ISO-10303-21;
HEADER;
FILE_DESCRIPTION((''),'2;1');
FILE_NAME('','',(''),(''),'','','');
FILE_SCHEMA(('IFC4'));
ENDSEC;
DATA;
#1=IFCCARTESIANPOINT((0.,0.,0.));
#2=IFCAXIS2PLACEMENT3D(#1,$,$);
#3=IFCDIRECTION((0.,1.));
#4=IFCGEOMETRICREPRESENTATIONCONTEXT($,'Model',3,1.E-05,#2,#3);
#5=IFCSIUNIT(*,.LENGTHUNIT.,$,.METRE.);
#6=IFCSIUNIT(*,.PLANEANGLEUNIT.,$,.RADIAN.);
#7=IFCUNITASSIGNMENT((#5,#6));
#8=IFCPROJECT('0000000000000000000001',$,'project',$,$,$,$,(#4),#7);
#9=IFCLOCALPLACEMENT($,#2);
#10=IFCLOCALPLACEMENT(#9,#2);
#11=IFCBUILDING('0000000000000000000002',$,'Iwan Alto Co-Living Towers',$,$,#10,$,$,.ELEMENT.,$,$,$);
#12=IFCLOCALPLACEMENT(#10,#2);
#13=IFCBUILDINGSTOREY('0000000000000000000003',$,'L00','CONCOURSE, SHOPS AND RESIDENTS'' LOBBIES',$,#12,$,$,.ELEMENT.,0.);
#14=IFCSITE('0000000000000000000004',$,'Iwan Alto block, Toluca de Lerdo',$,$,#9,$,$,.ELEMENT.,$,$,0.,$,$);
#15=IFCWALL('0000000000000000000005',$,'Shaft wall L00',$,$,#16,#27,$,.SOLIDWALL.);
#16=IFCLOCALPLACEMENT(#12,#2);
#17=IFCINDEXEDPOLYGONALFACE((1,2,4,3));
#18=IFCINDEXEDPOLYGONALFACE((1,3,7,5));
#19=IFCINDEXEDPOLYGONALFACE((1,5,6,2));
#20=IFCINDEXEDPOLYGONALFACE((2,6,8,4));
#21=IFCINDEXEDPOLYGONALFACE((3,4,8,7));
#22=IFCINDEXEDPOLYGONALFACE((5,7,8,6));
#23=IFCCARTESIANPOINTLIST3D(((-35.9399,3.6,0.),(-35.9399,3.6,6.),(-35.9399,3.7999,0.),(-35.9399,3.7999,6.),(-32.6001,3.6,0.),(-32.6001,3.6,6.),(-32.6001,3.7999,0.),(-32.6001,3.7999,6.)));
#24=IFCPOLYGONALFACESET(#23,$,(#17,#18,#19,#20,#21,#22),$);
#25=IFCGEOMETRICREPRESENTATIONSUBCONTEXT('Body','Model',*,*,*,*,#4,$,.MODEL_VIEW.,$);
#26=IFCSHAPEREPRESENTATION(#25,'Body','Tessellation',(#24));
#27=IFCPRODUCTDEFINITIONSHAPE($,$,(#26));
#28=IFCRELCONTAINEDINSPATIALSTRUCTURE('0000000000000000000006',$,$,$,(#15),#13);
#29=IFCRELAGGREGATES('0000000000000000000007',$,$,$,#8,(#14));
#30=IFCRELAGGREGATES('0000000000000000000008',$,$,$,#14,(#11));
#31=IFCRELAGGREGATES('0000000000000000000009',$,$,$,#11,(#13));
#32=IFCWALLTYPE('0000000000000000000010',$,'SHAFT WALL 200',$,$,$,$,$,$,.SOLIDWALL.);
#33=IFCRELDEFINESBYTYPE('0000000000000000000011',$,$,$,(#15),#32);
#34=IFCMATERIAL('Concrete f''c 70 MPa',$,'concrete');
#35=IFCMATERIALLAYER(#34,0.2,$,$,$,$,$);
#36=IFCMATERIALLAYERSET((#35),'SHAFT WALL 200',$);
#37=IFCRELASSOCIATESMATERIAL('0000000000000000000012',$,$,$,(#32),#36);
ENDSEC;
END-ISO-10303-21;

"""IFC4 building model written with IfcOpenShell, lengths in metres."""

from ifc_helpers import new_model, si_unit, direction, frame, frame_2d, origin, place, context, subcontext, project, spatial, rectangle, extrude, material, layer, layer_set, type_object, element, save


model = new_model("IFC4")

# Units and contexts
model_context = context("Model", 3, precision=1e-05, world=origin(), true_north=direction((0.0, 1.0)))
body_context = subcontext(model_context, "Body", "Model", "MODEL_VIEW")
ifc_project = project(units=[si_unit("LENGTHUNIT", "METRE"), si_unit("PLANEANGLEUNIT", "RADIAN")], contexts=[model_context])

# Site, building, storey
site_placement = place(None, origin())
site = spatial("IfcSite", under=ifc_project, at=site_placement, Name="Iwan Alto block, Toluca de Lerdo", CompositionType="ELEMENT", RefElevation=0.0)
building_placement = place(site_placement, origin())
building = spatial("IfcBuilding", under=site, at=building_placement, Name="Iwan Alto Co-Living Towers", CompositionType="ELEMENT")
storey_placement = place(building_placement, origin())
storey = spatial("IfcBuildingStorey", under=building, at=storey_placement, Name="L00", Description="CONCOURSE, SHOPS AND RESIDENTS' LOBBIES", CompositionType="ELEMENT", Elevation=0.0)

# Wall
ifc_material_1 = material(Name="Concrete f'c 70 MPa", Category="concrete")
ifc_layer_1 = layer(ifc_material_1, 0.2)
ifc_layer_set_1 = layer_set([ifc_layer_1], Name="SHAFT WALL 200")
wall_type_1 = type_object("IfcWallType", Name="SHAFT WALL 200", PredefinedType="SOLIDWALL", material=ifc_layer_set_1)
wall_1_placement = place(storey_placement, frame((-35.9399, 3.7, 0.0), z_axis=(0.0, 0.0, 1.0), x_axis=(1.0, 0.0, 0.0)))
element("IfcWall", 1, at=wall_1_placement, inside=storey, type_object=wall_type_1, Name="Shaft wall L00", PredefinedType="SOLIDWALL", context=body_context, shape_type="SweptSolid", body=[
    extrude(rectangle(XDim=3.3398, YDim=0.2, at=frame_2d((1.6699, 0.0))), origin(), (0.0, 0.0, 1.0), 6.0),
])

save(model, "model.ifc")
